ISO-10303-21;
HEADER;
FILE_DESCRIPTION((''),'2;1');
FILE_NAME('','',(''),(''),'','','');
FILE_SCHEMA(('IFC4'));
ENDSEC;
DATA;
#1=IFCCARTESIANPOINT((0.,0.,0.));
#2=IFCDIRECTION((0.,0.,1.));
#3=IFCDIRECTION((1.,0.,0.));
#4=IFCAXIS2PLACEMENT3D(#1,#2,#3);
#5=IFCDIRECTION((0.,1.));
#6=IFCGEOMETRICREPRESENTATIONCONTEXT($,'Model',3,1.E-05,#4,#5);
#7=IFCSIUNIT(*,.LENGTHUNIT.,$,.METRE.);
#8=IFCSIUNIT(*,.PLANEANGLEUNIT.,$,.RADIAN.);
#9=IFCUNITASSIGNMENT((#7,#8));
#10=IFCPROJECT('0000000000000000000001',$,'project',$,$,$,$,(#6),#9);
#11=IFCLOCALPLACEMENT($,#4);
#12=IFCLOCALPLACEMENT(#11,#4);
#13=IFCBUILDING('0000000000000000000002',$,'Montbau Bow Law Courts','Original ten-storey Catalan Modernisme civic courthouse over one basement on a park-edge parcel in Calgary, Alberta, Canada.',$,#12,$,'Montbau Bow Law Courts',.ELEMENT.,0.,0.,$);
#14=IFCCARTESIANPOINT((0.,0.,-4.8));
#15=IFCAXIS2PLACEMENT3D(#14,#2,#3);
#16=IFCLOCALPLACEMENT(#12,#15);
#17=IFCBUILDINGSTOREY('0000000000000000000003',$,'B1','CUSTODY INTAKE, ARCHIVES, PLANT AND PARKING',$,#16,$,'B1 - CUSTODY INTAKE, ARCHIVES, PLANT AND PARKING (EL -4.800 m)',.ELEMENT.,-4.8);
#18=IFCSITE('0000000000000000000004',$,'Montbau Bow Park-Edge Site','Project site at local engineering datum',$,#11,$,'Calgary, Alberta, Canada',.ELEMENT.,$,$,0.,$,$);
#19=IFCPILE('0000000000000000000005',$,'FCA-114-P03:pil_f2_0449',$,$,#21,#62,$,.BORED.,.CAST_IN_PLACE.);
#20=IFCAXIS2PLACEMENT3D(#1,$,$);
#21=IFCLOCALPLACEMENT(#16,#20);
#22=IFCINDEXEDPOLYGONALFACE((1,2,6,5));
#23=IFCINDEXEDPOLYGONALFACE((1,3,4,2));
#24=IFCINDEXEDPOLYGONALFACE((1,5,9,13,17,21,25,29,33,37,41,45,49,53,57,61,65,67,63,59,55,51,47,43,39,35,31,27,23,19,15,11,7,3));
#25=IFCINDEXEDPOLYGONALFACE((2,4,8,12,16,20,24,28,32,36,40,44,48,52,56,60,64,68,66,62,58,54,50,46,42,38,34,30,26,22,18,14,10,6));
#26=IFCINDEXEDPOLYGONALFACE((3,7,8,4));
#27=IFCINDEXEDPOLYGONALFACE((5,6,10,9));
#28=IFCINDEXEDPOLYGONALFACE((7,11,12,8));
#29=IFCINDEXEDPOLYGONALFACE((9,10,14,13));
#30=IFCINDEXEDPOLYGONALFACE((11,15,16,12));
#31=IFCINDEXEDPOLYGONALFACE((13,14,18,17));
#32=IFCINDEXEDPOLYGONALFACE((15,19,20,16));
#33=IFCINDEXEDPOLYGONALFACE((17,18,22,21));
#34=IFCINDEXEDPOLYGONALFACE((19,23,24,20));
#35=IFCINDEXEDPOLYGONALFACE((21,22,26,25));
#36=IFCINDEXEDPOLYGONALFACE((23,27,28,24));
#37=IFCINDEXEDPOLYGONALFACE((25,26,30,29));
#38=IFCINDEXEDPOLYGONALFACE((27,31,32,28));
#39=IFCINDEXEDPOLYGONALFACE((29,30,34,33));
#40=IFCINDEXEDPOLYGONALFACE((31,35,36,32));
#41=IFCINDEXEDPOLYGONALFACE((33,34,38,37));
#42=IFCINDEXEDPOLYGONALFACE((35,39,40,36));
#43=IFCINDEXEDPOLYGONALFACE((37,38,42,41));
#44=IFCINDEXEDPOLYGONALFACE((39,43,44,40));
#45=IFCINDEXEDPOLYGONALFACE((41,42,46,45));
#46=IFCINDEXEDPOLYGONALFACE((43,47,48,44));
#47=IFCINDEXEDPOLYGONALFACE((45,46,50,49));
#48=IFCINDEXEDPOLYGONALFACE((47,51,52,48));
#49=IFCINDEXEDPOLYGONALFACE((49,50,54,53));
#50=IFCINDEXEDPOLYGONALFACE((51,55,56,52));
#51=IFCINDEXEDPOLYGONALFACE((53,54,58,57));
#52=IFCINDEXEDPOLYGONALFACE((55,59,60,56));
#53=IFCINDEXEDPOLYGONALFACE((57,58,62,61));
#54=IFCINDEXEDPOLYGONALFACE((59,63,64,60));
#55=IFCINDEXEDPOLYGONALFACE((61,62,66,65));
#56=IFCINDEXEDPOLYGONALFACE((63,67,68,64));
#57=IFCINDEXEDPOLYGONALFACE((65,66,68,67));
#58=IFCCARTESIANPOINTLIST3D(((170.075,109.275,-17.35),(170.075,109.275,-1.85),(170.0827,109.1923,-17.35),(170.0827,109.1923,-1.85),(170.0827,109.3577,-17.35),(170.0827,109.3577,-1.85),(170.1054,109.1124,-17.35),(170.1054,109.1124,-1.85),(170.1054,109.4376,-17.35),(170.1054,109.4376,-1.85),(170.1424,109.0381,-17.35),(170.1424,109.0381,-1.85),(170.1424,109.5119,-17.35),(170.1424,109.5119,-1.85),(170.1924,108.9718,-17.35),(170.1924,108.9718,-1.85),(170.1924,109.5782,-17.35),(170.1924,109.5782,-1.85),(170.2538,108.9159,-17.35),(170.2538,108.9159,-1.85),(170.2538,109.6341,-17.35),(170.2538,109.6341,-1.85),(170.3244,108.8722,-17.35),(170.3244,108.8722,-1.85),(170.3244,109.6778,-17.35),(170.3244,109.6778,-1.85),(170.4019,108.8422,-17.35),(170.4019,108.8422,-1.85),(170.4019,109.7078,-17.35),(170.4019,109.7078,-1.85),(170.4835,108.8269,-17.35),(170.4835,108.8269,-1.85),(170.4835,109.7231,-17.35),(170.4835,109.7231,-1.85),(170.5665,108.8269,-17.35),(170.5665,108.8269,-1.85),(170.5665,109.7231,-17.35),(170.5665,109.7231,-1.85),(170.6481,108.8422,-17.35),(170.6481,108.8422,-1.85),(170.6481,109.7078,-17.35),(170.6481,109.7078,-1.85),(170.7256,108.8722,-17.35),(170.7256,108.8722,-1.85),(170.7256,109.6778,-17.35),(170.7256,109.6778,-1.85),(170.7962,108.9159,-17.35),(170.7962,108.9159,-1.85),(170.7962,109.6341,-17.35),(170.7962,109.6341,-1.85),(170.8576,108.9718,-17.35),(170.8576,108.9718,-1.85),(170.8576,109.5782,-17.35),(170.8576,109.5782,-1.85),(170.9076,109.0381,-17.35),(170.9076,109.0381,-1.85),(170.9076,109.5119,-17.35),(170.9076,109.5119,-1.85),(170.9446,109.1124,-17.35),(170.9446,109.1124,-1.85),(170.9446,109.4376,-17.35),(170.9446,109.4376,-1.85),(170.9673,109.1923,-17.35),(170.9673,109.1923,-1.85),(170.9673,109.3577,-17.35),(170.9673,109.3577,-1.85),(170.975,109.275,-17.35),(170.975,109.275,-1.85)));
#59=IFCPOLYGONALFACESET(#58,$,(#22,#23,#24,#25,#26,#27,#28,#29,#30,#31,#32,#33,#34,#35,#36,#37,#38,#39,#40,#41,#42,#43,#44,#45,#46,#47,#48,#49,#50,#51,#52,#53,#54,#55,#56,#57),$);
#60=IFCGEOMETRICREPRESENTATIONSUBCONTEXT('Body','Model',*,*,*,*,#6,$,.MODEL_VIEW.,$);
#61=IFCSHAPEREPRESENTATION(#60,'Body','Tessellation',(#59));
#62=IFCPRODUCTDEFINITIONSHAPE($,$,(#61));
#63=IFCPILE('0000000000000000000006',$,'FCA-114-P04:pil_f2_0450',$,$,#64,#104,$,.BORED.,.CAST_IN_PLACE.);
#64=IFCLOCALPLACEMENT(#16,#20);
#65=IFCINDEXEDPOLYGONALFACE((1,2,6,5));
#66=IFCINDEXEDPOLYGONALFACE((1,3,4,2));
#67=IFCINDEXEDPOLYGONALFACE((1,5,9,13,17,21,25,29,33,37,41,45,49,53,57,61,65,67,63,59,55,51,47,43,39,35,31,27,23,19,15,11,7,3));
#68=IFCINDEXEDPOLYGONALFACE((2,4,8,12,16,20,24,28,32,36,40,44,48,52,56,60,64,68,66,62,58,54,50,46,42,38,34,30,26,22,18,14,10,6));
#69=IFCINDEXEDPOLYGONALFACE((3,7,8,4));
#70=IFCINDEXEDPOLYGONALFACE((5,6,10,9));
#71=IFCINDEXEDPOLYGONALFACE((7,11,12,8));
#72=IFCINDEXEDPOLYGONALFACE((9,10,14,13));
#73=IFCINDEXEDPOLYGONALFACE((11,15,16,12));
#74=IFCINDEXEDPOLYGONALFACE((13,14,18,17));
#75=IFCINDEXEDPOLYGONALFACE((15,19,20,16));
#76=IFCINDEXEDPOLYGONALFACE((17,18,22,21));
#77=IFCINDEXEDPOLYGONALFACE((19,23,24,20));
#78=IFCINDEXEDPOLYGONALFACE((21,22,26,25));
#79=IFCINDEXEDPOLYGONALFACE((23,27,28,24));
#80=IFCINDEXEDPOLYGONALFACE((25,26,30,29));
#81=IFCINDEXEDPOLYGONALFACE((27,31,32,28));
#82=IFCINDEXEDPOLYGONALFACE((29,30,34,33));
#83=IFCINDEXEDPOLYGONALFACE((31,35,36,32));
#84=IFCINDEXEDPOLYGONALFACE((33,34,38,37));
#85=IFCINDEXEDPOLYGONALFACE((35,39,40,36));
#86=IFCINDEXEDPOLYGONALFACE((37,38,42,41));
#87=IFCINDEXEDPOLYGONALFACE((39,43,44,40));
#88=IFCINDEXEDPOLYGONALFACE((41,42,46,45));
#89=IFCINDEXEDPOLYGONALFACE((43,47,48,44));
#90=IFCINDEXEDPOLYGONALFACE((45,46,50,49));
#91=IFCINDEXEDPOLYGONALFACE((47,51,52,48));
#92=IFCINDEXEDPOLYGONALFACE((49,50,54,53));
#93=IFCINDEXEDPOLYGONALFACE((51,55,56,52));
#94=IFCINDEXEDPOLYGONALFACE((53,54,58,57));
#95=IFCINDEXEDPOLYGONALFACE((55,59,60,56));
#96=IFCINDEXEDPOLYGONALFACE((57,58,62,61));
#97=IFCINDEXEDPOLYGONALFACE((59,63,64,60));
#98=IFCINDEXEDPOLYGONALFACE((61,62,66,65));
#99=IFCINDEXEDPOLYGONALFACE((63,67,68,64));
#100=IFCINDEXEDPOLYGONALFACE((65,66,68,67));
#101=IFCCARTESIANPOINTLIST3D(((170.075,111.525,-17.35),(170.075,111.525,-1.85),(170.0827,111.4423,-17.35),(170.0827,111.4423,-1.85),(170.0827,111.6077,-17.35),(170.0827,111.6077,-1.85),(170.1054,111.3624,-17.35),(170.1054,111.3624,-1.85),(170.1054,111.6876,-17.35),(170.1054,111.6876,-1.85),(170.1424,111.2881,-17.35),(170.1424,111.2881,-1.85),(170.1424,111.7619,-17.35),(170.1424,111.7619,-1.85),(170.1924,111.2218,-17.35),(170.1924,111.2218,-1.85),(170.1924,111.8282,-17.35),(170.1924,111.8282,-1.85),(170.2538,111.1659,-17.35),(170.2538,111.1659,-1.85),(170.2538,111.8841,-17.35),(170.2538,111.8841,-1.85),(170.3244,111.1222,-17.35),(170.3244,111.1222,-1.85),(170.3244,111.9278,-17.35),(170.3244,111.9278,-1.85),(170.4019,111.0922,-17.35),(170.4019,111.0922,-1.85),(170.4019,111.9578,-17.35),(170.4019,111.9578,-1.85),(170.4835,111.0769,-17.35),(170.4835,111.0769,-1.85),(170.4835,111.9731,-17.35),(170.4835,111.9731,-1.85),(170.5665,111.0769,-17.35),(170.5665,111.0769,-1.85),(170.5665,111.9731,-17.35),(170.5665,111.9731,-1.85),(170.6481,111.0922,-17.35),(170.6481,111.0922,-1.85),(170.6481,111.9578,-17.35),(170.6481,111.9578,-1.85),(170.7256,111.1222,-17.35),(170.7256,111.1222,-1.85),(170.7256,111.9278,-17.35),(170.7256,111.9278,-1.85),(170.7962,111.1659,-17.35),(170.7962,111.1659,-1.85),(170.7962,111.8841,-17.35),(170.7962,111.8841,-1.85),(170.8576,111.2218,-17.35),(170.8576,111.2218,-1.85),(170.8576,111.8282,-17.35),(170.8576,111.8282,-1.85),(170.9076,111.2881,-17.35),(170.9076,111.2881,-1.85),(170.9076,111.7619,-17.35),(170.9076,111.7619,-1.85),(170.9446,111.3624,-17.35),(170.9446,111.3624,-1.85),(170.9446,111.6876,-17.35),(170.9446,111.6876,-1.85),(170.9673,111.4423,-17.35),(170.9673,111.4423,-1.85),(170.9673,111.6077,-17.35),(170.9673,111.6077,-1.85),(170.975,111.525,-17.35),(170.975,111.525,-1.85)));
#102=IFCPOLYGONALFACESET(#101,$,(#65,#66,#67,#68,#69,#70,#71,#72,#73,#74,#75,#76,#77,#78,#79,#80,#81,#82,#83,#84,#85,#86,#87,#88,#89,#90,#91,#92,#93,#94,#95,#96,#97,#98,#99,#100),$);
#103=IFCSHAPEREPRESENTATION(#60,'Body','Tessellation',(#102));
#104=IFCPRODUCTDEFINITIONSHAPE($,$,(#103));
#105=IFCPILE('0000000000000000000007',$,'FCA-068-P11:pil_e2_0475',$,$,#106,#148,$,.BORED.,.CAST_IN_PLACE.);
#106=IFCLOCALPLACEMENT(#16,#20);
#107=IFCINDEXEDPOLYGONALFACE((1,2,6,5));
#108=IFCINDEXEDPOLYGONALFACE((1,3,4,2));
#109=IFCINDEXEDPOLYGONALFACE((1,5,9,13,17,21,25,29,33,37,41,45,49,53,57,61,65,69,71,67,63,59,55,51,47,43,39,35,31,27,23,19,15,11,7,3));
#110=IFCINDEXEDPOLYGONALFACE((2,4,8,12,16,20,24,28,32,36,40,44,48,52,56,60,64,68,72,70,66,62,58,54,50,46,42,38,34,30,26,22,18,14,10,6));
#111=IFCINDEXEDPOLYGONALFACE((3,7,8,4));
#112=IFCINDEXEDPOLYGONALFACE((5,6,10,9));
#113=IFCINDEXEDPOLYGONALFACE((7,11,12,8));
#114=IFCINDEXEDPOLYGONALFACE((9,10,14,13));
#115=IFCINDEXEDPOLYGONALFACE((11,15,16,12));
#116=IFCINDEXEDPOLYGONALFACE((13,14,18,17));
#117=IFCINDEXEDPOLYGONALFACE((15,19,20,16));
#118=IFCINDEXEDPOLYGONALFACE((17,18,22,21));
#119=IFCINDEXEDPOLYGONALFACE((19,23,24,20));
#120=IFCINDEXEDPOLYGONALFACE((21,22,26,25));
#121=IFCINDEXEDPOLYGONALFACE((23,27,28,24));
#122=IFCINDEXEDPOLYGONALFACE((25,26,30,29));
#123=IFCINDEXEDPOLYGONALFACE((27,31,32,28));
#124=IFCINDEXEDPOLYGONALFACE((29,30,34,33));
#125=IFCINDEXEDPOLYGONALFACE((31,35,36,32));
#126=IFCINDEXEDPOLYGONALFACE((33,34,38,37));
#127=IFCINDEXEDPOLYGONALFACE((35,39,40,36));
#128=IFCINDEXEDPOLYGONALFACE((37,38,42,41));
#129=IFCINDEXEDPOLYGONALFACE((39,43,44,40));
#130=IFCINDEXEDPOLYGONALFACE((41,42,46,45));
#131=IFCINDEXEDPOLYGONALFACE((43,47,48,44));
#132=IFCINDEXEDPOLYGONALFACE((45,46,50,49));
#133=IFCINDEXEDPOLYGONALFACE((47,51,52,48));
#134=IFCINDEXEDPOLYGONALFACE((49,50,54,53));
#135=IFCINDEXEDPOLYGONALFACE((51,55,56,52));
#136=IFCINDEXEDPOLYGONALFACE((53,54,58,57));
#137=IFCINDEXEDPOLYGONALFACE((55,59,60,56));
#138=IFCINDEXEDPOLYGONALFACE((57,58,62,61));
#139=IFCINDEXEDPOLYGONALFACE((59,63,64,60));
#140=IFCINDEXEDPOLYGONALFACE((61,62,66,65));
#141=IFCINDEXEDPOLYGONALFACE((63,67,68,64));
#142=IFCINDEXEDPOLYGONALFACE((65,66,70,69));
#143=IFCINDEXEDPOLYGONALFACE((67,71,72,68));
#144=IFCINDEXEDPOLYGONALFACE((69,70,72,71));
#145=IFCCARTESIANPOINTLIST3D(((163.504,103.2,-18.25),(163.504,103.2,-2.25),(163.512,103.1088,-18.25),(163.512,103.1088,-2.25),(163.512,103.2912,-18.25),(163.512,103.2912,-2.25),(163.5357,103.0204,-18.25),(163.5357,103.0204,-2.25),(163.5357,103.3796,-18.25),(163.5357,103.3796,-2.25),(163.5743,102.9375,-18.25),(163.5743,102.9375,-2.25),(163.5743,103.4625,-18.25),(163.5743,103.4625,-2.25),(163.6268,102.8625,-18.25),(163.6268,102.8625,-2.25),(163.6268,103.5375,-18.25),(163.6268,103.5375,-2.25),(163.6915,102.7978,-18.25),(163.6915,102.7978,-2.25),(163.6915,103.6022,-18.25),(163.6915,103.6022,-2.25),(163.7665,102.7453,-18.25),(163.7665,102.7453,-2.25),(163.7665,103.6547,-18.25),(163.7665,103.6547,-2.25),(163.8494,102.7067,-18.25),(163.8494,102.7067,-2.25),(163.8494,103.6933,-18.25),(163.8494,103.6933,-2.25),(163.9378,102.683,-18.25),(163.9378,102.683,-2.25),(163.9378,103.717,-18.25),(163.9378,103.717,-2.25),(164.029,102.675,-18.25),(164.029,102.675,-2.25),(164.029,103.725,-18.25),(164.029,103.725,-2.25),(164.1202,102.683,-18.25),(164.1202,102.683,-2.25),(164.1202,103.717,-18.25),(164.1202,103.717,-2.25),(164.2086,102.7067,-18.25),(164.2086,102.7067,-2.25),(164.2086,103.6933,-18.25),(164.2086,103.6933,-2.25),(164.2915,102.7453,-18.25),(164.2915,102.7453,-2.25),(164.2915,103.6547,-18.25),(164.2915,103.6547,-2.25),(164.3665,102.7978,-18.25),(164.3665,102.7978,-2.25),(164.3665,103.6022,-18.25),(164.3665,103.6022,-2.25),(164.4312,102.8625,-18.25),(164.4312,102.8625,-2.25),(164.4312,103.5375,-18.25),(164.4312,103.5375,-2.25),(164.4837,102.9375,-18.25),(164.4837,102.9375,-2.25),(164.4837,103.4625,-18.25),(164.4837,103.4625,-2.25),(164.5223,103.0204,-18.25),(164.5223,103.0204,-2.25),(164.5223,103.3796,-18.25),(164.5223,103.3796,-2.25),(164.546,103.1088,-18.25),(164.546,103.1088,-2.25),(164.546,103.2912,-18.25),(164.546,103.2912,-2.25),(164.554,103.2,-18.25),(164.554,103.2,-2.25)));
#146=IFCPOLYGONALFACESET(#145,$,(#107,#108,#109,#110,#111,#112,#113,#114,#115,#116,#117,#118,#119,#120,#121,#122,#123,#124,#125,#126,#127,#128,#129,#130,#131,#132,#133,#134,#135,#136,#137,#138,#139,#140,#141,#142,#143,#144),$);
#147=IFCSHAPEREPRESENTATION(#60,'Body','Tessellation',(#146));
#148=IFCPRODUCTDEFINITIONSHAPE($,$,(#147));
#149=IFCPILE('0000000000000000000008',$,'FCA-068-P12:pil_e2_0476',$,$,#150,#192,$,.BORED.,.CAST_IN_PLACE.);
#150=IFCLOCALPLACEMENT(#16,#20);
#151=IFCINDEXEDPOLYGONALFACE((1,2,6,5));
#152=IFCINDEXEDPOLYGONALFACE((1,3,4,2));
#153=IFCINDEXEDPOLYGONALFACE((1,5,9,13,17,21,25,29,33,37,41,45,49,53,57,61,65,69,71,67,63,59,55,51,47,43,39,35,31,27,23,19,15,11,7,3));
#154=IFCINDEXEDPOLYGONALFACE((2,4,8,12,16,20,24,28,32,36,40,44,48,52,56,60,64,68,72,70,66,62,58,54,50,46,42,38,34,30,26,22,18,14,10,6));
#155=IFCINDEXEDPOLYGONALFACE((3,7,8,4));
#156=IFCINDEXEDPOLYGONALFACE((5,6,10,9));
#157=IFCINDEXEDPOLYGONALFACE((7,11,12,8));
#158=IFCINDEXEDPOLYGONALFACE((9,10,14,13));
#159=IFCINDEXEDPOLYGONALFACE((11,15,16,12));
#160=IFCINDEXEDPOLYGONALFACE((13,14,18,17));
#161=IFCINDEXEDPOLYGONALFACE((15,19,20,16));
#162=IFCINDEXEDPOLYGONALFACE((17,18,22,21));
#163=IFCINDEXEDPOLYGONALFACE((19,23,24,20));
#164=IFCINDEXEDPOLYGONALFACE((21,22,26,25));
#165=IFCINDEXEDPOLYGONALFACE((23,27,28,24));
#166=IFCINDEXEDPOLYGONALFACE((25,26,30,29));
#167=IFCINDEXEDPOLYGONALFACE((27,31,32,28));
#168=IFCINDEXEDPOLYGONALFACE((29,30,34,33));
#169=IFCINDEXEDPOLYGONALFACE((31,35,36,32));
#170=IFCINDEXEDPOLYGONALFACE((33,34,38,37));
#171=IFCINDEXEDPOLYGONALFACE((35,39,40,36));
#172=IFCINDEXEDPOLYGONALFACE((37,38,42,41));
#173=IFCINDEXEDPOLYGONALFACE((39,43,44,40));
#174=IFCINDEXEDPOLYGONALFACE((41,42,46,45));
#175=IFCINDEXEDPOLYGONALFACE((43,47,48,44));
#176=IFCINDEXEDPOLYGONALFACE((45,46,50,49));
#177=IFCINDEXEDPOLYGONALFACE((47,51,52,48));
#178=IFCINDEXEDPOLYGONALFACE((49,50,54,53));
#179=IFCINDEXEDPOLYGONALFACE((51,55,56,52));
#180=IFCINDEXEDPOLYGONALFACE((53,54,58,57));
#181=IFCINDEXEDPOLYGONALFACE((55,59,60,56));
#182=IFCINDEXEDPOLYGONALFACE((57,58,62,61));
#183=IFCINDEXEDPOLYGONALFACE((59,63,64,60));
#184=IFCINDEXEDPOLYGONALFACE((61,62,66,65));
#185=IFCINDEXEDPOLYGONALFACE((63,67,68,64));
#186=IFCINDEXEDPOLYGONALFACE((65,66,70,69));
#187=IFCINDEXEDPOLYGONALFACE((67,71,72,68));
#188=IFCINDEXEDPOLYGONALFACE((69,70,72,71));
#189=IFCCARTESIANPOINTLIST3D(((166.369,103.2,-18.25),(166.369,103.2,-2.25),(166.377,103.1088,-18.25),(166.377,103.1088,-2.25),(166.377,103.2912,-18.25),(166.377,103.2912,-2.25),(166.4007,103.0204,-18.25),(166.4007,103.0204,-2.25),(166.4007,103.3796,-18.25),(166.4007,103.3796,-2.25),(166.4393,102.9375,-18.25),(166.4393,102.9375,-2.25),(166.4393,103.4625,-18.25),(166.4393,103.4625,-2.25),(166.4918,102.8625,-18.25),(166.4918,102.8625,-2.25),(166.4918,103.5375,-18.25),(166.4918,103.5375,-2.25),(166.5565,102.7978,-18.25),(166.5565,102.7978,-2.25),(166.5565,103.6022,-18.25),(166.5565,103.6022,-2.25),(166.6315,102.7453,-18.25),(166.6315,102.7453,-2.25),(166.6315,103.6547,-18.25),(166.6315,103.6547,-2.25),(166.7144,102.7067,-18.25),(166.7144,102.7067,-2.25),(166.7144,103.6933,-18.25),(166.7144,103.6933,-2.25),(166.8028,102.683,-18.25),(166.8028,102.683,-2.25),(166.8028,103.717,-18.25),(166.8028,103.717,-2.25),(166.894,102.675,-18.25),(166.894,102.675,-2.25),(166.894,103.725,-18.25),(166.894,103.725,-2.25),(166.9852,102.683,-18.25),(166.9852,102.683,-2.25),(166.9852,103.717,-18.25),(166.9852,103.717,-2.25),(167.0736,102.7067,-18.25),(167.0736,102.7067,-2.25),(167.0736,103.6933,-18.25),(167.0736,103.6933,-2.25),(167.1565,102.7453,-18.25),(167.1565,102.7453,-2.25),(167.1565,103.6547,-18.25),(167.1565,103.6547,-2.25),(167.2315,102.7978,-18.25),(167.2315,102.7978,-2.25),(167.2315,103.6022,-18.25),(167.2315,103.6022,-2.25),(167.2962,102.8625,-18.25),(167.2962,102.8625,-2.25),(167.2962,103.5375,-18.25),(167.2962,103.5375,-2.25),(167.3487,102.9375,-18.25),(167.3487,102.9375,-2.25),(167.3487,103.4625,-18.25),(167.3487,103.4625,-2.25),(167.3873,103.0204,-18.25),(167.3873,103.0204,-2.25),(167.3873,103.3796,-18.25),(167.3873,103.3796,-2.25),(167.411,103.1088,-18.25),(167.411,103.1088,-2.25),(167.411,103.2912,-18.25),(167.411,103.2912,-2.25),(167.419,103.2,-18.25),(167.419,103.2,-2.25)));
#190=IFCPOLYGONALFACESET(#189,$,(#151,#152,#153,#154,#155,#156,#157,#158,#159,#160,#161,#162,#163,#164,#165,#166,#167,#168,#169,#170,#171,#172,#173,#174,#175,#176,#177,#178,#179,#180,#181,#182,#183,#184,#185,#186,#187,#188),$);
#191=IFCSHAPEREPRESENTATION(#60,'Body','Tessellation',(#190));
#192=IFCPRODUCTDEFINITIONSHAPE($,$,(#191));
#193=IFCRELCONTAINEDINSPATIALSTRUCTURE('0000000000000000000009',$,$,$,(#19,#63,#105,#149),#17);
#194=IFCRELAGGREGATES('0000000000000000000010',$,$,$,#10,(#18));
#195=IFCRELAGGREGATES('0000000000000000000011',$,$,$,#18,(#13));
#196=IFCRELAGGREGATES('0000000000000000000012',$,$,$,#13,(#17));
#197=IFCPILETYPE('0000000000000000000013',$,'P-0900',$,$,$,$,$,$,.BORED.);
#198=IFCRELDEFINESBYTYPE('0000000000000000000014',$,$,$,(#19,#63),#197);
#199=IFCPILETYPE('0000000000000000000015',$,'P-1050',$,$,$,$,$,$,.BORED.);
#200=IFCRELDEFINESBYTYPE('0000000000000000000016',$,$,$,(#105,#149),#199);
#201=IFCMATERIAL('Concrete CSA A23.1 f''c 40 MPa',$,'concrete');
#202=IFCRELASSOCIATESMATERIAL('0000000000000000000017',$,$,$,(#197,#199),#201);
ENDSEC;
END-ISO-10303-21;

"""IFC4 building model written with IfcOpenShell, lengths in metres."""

from ifc_helpers import new_model, si_unit, direction, frame, origin_with_axes, origin_2d_with_axis, place, context, subcontext, project, spatial, circle, extrude, material, material_profile, profile_set, type_object, element, save


model = new_model("IFC4")

# Units and contexts
model_context = context("Model", 3, precision=1e-05, world=origin_with_axes(), true_north=direction((0.0, 1.0)))
body_context = subcontext(model_context, "Body", "Model", "MODEL_VIEW")
ifc_project = project(units=[si_unit("LENGTHUNIT", "METRE"), si_unit("PLANEANGLEUNIT", "RADIAN")], contexts=[model_context])

# Site, building, storey
site_placement = place(None, origin_with_axes())
site = spatial("IfcSite", under=ifc_project, at=site_placement, Name="Montbau Bow Park-Edge Site", Description="Project site at local engineering datum", LongName="Calgary, Alberta, Canada", CompositionType="ELEMENT", RefElevation=0.0)
building_placement = place(site_placement, origin_with_axes())
building = spatial("IfcBuilding", under=site, at=building_placement, Name="Montbau Bow Law Courts", Description="Original ten-storey Catalan Modernisme civic courthouse over one basement on a park-edge parcel in Calgary, Alberta, Canada.", LongName="Montbau Bow Law Courts", CompositionType="ELEMENT", ElevationOfRefHeight=0.0, ElevationOfTerrain=0.0)
storey_placement = place(building_placement, frame((0.0, 0.0, -4.8), z_axis=(0.0, 0.0, 1.0), x_axis=(1.0, 0.0, 0.0)))
storey = spatial("IfcBuildingStorey", under=building, at=storey_placement, Name="B1", Description="CUSTODY INTAKE, ARCHIVES, PLANT AND PARKING", LongName="B1 - CUSTODY INTAKE, ARCHIVES, PLANT AND PARKING (EL -4.800 m)", CompositionType="ELEMENT", Elevation=-4.8)

# Piles
ifc_material_1 = material(Name="Concrete CSA A23.1 f'c 40 MPa", Category="concrete")
ifc_material_profile_1 = material_profile(ifc_material_1, circle(Radius=0.45, at=origin_2d_with_axis()), Name="BP900", Category="Main", Priority=0)
ifc_profile_set_1 = profile_set([ifc_material_profile_1], Name="Concrete CSA A23.1 f'c 40 MPa")
pile_type_1 = type_object("IfcPileType", Name="P-0900", PredefinedType="BORED", material=ifc_profile_set_1)
for number, where, z_axis, x_axis, name in (
    (1, (170.525, 109.275, -22.15), (0.0, 0.0, 1.0), (1.0, 0.0, 0.0), "FCA-114-P03:pil_f2_0449"),
    (2, (170.525, 111.525, -22.15), (0.0, 0.0, 1.0), (1.0, 0.0, 0.0), "FCA-114-P04:pil_f2_0450"),
):
    element("IfcPile", number, at=place(None, frame(where, z_axis=z_axis, x_axis=x_axis)), inside=storey, type_object=pile_type_1, Name=name, ConstructionType="CAST_IN_PLACE", PredefinedType="BORED", context=body_context, shape_type="SweptSolid", body=[
        extrude(circle(Radius=0.45, at=origin_2d_with_axis()), origin_with_axes(), (0.0, 0.0, 1.0), 15.5),
    ])
ifc_material_profile_2 = material_profile(ifc_material_1, circle(Radius=0.525, at=origin_2d_with_axis()), Name="BP1050", Category="Main", Priority=0)
ifc_profile_set_2 = profile_set([ifc_material_profile_2], Name="Concrete CSA A23.1 f'c 40 MPa")
pile_type_2 = type_object("IfcPileType", Name="P-1050", PredefinedType="BORED", material=ifc_profile_set_2)
for number, where, z_axis, x_axis, name in (
    (3, (164.029, 103.2, -23.05), (0.0, 0.0, 1.0), (1.0, 0.0, 0.0), "FCA-068-P11:pil_e2_0475"),
    (4, (166.894, 103.2, -23.05), (0.0, 0.0, 1.0), (1.0, 0.0, 0.0), "FCA-068-P12:pil_e2_0476"),
):
    element("IfcPile", number, at=place(None, frame(where, z_axis=z_axis, x_axis=x_axis)), inside=storey, type_object=pile_type_2, Name=name, ConstructionType="CAST_IN_PLACE", PredefinedType="BORED", context=body_context, shape_type="SweptSolid", body=[
        extrude(circle(Radius=0.525, at=origin_2d_with_axis()), origin_with_axes(), (0.0, 0.0, 1.0), 16.0),
    ])

save(model, "model.ifc")
